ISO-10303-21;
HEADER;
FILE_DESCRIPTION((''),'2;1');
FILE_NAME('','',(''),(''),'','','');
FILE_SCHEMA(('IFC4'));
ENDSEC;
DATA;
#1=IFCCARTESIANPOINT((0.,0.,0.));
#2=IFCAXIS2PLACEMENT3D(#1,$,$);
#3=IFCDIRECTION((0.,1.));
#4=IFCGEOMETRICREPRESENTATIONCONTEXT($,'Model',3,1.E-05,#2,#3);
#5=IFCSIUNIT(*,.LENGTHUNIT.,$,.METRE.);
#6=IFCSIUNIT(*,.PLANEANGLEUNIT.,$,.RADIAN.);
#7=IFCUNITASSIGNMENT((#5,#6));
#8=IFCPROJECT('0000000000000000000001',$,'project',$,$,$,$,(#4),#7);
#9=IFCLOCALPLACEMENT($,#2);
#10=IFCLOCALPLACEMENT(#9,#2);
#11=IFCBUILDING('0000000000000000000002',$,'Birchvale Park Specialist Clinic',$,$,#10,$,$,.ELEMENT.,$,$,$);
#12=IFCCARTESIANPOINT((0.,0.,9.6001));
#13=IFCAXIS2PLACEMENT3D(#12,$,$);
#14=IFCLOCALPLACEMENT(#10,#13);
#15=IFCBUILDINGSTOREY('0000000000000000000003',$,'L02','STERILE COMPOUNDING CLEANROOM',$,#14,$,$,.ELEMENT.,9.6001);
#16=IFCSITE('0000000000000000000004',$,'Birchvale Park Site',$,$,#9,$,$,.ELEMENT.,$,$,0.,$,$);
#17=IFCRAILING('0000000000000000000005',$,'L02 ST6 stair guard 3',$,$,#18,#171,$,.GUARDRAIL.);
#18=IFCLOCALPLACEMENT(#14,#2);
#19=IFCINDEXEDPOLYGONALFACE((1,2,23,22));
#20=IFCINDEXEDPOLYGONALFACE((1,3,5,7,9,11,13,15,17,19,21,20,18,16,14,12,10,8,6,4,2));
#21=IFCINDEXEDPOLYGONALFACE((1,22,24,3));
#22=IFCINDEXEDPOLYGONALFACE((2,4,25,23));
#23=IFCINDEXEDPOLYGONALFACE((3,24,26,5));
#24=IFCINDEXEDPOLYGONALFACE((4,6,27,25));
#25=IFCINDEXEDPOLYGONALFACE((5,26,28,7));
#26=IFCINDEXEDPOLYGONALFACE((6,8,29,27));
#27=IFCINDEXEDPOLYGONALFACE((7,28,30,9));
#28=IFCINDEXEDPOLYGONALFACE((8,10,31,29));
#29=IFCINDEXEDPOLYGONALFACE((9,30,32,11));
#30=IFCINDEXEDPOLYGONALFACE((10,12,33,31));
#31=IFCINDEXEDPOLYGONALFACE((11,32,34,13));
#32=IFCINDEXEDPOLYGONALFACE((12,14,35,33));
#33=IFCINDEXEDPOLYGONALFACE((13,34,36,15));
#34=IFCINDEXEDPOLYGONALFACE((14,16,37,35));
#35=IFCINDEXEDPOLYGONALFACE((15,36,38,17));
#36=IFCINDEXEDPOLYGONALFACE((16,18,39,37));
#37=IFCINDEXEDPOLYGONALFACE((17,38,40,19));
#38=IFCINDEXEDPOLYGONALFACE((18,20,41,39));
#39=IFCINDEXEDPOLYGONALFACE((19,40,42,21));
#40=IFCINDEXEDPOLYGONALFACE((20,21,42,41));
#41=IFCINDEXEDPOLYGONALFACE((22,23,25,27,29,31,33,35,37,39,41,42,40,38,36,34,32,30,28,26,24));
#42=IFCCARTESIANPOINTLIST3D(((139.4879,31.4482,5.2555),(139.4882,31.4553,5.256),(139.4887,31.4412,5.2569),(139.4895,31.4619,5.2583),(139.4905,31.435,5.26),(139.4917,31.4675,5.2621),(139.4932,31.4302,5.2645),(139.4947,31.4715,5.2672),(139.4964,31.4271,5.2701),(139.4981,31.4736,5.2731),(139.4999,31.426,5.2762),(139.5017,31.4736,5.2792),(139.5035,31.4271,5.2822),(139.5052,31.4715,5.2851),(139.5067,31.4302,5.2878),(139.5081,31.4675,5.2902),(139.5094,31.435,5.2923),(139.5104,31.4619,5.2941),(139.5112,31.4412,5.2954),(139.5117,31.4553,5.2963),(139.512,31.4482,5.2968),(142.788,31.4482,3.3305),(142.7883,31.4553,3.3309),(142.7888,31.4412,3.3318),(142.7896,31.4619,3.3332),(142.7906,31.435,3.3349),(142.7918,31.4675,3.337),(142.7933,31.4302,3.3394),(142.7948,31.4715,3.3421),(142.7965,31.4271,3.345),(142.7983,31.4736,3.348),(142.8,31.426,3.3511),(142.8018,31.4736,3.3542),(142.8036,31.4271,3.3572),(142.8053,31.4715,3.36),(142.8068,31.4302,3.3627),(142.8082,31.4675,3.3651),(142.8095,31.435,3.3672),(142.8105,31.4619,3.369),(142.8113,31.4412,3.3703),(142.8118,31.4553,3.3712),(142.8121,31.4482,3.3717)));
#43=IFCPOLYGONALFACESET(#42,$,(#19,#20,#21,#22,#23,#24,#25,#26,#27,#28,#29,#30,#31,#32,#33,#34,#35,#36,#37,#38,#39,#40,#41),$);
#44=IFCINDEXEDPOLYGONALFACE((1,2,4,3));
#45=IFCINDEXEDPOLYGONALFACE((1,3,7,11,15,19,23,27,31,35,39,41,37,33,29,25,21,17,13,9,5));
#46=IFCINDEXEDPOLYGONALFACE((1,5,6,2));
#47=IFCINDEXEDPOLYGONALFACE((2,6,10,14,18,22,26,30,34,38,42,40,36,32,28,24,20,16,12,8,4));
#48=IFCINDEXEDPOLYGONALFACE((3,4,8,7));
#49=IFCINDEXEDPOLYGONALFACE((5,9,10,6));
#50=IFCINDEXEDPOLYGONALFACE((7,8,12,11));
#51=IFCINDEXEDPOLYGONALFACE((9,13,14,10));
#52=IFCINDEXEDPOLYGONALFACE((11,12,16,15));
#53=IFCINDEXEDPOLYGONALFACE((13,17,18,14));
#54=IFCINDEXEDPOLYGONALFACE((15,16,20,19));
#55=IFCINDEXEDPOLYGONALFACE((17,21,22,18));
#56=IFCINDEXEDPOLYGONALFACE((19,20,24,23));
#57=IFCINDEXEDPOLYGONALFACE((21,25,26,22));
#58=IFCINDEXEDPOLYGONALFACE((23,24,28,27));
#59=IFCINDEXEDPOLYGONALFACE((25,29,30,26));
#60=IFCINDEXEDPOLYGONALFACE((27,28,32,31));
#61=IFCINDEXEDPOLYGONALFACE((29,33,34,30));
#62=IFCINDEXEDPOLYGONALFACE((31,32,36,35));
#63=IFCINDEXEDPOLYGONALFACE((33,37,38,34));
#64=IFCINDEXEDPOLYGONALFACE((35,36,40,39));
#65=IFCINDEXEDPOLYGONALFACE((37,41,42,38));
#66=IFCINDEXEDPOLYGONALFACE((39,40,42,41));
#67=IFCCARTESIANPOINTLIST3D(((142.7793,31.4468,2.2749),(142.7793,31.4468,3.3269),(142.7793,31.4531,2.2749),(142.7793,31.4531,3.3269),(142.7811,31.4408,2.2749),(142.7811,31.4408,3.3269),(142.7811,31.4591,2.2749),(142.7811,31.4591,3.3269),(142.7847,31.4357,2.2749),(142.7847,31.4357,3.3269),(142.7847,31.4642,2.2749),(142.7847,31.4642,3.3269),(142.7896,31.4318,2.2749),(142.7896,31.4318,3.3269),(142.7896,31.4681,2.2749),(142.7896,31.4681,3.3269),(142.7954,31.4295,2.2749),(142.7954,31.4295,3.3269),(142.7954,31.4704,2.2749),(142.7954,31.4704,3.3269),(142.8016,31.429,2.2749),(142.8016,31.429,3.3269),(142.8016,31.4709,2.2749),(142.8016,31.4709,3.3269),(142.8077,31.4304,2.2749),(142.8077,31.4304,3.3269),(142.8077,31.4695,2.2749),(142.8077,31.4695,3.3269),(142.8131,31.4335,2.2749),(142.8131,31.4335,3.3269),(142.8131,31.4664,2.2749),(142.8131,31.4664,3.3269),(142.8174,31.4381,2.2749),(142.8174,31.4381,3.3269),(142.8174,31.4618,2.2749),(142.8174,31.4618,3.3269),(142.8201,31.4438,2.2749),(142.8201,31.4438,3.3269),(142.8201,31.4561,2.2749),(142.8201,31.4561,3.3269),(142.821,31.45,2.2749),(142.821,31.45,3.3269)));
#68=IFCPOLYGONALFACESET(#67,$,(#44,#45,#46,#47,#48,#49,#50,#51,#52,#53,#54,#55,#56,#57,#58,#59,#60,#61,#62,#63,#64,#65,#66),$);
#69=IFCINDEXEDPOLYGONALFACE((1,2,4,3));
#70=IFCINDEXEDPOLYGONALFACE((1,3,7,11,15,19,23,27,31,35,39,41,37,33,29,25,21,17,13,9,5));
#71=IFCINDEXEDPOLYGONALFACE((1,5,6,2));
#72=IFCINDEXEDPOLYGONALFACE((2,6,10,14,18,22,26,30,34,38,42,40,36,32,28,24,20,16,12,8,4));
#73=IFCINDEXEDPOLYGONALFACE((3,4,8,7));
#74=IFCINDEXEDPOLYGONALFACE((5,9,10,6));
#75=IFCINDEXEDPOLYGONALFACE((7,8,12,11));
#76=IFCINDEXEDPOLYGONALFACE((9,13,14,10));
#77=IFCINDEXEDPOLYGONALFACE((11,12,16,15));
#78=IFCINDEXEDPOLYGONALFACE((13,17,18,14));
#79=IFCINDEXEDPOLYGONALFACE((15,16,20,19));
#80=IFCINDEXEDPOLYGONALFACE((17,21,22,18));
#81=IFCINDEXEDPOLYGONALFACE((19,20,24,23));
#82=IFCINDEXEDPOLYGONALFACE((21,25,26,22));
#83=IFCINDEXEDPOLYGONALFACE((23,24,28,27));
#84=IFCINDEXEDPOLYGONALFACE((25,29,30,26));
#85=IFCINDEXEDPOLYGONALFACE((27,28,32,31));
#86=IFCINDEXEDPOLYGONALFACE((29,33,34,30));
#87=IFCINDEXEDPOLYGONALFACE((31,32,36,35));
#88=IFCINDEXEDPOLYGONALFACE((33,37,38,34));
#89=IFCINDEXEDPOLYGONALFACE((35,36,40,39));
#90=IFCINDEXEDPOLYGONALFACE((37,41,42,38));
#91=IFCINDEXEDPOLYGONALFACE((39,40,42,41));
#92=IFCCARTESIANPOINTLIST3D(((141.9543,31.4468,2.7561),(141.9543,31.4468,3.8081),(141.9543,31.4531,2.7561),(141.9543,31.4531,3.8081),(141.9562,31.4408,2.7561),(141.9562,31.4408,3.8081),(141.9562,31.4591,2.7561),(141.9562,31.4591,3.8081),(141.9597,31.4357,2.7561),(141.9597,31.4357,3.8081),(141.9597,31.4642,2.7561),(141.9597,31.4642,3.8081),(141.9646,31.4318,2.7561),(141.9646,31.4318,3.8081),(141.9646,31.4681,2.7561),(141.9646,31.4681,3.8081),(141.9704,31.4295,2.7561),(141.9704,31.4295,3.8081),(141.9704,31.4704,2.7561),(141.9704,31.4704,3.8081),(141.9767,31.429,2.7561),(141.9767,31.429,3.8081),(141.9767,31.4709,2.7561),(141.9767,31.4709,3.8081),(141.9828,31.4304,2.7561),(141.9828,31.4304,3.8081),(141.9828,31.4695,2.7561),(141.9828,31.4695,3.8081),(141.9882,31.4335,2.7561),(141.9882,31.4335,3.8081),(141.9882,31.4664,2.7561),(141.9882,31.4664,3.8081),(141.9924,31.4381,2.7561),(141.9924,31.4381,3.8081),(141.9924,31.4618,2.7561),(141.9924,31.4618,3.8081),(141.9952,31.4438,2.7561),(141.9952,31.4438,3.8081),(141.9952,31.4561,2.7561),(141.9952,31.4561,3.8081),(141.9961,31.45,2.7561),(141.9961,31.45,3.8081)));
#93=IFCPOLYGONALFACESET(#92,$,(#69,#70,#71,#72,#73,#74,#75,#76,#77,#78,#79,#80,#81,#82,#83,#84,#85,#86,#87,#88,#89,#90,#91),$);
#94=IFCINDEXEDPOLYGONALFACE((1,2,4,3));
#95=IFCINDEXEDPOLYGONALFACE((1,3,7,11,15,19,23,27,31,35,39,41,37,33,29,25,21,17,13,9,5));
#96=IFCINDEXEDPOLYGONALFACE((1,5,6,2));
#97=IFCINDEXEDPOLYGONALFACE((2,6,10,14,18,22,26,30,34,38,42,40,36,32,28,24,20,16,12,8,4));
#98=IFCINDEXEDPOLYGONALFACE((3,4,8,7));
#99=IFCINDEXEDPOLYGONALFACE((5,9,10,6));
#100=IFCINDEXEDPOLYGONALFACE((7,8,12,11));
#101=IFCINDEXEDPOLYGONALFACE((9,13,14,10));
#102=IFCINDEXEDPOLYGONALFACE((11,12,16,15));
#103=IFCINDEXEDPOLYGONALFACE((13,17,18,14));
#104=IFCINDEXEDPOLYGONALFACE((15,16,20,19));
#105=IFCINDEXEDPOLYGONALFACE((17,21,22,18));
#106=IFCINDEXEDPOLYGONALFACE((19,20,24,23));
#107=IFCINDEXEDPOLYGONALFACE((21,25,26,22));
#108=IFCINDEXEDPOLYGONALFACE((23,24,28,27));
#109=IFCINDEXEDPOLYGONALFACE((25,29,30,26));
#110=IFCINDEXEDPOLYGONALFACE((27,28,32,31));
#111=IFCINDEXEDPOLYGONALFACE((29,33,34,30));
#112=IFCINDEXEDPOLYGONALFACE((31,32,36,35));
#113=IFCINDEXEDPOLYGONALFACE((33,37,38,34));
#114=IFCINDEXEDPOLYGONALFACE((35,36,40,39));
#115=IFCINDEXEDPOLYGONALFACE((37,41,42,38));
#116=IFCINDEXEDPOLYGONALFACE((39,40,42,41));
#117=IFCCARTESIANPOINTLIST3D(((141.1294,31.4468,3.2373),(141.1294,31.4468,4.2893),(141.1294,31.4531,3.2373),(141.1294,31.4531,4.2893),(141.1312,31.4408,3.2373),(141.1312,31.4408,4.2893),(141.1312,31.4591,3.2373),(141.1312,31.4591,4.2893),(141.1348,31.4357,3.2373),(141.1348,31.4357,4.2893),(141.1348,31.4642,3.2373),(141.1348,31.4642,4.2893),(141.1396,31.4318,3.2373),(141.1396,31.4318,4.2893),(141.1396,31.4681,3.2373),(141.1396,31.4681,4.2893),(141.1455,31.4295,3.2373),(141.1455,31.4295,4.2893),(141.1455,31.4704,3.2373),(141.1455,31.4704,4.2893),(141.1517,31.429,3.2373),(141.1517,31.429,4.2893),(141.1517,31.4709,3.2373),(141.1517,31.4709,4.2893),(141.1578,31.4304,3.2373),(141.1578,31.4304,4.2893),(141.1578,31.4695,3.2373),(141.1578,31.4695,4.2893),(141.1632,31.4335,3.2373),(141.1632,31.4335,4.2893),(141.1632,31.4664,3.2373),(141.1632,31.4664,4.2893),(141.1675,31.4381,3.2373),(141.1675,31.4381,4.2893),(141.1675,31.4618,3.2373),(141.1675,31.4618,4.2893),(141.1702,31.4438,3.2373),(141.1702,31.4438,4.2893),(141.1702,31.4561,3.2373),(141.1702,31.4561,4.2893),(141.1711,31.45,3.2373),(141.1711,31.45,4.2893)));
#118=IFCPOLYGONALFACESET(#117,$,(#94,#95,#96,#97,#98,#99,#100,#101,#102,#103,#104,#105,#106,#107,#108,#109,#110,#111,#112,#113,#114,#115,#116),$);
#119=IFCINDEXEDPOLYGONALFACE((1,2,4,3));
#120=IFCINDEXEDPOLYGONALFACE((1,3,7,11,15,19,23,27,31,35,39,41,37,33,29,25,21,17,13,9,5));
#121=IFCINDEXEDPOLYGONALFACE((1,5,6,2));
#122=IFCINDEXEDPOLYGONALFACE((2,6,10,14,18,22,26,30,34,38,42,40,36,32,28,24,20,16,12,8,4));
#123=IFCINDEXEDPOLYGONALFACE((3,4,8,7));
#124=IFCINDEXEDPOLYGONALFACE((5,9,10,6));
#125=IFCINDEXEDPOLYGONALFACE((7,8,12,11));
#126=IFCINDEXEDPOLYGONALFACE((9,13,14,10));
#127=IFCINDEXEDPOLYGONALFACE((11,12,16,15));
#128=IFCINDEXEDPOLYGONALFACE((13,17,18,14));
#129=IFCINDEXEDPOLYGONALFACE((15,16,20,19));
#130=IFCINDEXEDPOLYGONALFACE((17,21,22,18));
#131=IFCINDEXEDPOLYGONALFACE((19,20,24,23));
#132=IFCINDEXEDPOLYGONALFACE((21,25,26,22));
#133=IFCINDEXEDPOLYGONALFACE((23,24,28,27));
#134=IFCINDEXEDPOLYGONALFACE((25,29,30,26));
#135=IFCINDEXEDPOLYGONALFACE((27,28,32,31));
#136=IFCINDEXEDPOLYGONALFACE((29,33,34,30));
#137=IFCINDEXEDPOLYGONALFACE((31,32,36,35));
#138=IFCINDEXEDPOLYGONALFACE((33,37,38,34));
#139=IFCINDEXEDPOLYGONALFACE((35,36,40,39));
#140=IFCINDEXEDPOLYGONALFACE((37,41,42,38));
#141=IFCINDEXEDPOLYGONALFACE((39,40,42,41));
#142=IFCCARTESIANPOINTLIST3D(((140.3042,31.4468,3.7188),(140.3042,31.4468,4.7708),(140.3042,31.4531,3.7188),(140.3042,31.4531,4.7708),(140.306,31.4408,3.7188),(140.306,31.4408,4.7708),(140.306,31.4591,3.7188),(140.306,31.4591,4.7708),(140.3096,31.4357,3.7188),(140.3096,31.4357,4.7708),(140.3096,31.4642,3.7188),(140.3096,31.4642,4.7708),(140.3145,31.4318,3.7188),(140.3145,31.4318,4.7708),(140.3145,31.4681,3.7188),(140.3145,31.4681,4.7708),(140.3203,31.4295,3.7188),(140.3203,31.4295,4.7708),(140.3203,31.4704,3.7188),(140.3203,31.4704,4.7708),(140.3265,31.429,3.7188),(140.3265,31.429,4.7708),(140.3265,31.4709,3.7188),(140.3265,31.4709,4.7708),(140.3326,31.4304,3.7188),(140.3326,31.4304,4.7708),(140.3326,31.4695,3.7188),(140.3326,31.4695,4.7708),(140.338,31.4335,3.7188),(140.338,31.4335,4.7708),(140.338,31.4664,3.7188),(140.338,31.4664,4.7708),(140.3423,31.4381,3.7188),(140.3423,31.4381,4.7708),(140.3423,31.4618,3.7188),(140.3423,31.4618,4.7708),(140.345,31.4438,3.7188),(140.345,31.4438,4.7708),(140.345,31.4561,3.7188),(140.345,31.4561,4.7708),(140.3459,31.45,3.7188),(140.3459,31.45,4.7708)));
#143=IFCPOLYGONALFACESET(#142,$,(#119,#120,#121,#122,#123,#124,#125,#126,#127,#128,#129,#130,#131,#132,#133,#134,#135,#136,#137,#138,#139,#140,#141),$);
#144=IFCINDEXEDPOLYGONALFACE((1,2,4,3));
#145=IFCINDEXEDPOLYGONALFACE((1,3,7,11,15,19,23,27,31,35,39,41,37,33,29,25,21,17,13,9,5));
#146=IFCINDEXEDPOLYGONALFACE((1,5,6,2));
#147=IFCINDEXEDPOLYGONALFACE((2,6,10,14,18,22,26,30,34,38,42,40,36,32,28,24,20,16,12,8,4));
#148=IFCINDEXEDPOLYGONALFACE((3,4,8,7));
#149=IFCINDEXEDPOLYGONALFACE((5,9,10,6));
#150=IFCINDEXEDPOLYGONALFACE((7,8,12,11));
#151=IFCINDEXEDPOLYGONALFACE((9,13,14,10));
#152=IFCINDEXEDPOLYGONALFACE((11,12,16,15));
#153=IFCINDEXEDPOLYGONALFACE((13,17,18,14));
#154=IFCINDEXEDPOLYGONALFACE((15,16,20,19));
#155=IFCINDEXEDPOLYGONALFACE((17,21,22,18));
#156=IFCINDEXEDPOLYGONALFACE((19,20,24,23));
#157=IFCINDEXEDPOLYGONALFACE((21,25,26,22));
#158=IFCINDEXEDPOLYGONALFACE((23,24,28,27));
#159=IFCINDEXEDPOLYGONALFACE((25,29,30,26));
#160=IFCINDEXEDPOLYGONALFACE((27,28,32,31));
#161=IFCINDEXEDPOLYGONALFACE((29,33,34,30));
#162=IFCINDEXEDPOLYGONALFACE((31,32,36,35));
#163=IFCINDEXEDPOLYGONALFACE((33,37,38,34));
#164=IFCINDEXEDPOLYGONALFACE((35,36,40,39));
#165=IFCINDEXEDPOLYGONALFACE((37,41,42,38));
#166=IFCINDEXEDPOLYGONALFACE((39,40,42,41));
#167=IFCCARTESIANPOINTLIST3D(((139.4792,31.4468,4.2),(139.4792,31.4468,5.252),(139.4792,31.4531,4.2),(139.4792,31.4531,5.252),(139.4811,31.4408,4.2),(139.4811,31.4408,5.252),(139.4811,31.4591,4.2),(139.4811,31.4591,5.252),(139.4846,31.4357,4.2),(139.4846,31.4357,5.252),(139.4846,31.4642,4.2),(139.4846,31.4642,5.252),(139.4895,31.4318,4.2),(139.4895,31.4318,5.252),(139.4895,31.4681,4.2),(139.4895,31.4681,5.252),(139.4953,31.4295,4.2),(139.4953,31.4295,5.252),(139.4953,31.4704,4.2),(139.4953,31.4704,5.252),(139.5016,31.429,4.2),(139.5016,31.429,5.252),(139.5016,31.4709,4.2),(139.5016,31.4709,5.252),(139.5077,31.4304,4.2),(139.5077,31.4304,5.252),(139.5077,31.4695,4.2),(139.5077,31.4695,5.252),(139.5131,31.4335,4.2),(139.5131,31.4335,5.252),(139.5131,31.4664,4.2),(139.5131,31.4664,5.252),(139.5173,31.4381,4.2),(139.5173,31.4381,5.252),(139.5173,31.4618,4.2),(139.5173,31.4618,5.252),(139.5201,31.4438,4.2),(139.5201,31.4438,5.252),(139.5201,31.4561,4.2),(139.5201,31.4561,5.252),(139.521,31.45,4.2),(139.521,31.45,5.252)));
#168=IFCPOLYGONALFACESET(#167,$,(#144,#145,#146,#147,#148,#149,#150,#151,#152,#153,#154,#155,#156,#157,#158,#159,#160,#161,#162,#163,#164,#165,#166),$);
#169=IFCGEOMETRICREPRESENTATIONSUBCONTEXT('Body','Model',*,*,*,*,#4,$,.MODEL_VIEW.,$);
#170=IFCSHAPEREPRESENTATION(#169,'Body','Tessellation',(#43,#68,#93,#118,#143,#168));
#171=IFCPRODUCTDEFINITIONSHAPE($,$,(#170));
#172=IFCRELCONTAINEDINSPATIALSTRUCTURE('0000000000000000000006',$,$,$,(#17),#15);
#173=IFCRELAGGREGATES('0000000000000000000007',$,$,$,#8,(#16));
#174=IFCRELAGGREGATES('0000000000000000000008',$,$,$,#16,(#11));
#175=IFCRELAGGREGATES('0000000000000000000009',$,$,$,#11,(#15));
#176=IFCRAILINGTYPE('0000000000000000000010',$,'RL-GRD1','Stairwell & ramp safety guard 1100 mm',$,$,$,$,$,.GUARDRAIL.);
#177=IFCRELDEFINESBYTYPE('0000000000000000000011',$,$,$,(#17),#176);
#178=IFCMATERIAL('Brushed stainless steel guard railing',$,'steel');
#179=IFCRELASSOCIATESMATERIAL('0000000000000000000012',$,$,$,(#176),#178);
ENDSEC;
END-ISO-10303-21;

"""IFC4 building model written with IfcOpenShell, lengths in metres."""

from ifc_helpers import new_model, si_unit, direction, frame, origin, origin_2d, place, context, subcontext, project, spatial, circle, extrude, material, type_object, element, save


model = new_model("IFC4")

# Units and contexts
model_context = context("Model", 3, precision=1e-05, world=origin(), true_north=direction((0.0, 1.0)))
body_context = subcontext(model_context, "Body", "Model", "MODEL_VIEW")
ifc_project = project(units=[si_unit("LENGTHUNIT", "METRE"), si_unit("PLANEANGLEUNIT", "RADIAN")], contexts=[model_context])

# Site, building, storey
site_placement = place(None, origin())
site = spatial("IfcSite", under=ifc_project, at=site_placement, Name="Birchvale Park Site", CompositionType="ELEMENT", RefElevation=0.0)
building_placement = place(site_placement, origin())
building = spatial("IfcBuilding", under=site, at=building_placement, Name="Birchvale Park Specialist Clinic", CompositionType="ELEMENT")
storey_placement = place(building_placement, frame((0.0, 0.0, 9.6001)))
storey = spatial("IfcBuildingStorey", under=building, at=storey_placement, Name="L02", Description="STERILE COMPOUNDING CLEANROOM", CompositionType="ELEMENT", Elevation=9.6001)

# Railing
ifc_material_1 = material(Name="Brushed stainless steel guard railing", Category="steel")
railing_type_1 = type_object("IfcRailingType", Name="RL-GRD1", Description="Stairwell & ramp safety guard 1100 mm", PredefinedType="GUARDRAIL", material=ifc_material_1)
railing_1_placement = place(storey_placement, frame((142.8, 31.45, 2.2749)))
element("IfcRailing", 1, at=railing_1_placement, inside=storey, type_object=railing_type_1, Name="L02 ST6 stair guard 3", PredefinedType="GUARDRAIL", context=body_context, shape_type="SweptSolid", body=[
    extrude(circle(Radius=0.0239, at=origin_2d()), frame((0.0, 0.0, 1.0762), z_axis=(-0.863777, 0.0, 0.503875), x_axis=(0.0, -1.0, 0.0)), (0.0, 0.0, 1.0), 3.8206),
    extrude(circle(Radius=0.021, at=origin_2d()), origin(), (0.0, 0.0, 1.0), 1.052),
    extrude(circle(Radius=0.021, at=origin_2d()), frame((-0.825, 0.0, 0.4812)), (0.0, 0.0, 1.0), 1.052),
    extrude(circle(Radius=0.021, at=origin_2d()), frame((-1.6499, 0.0, 0.9624)), (0.0, 0.0, 1.0), 1.052),
    extrude(circle(Radius=0.021, at=origin_2d()), frame((-2.4751, 0.0, 1.4438)), (0.0, 0.0, 1.0), 1.052),
    extrude(circle(Radius=0.021, at=origin_2d()), frame((-3.3, 0.0, 1.925)), (0.0, 0.0, 1.0), 1.052),
])

save(model, "model.ifc")
